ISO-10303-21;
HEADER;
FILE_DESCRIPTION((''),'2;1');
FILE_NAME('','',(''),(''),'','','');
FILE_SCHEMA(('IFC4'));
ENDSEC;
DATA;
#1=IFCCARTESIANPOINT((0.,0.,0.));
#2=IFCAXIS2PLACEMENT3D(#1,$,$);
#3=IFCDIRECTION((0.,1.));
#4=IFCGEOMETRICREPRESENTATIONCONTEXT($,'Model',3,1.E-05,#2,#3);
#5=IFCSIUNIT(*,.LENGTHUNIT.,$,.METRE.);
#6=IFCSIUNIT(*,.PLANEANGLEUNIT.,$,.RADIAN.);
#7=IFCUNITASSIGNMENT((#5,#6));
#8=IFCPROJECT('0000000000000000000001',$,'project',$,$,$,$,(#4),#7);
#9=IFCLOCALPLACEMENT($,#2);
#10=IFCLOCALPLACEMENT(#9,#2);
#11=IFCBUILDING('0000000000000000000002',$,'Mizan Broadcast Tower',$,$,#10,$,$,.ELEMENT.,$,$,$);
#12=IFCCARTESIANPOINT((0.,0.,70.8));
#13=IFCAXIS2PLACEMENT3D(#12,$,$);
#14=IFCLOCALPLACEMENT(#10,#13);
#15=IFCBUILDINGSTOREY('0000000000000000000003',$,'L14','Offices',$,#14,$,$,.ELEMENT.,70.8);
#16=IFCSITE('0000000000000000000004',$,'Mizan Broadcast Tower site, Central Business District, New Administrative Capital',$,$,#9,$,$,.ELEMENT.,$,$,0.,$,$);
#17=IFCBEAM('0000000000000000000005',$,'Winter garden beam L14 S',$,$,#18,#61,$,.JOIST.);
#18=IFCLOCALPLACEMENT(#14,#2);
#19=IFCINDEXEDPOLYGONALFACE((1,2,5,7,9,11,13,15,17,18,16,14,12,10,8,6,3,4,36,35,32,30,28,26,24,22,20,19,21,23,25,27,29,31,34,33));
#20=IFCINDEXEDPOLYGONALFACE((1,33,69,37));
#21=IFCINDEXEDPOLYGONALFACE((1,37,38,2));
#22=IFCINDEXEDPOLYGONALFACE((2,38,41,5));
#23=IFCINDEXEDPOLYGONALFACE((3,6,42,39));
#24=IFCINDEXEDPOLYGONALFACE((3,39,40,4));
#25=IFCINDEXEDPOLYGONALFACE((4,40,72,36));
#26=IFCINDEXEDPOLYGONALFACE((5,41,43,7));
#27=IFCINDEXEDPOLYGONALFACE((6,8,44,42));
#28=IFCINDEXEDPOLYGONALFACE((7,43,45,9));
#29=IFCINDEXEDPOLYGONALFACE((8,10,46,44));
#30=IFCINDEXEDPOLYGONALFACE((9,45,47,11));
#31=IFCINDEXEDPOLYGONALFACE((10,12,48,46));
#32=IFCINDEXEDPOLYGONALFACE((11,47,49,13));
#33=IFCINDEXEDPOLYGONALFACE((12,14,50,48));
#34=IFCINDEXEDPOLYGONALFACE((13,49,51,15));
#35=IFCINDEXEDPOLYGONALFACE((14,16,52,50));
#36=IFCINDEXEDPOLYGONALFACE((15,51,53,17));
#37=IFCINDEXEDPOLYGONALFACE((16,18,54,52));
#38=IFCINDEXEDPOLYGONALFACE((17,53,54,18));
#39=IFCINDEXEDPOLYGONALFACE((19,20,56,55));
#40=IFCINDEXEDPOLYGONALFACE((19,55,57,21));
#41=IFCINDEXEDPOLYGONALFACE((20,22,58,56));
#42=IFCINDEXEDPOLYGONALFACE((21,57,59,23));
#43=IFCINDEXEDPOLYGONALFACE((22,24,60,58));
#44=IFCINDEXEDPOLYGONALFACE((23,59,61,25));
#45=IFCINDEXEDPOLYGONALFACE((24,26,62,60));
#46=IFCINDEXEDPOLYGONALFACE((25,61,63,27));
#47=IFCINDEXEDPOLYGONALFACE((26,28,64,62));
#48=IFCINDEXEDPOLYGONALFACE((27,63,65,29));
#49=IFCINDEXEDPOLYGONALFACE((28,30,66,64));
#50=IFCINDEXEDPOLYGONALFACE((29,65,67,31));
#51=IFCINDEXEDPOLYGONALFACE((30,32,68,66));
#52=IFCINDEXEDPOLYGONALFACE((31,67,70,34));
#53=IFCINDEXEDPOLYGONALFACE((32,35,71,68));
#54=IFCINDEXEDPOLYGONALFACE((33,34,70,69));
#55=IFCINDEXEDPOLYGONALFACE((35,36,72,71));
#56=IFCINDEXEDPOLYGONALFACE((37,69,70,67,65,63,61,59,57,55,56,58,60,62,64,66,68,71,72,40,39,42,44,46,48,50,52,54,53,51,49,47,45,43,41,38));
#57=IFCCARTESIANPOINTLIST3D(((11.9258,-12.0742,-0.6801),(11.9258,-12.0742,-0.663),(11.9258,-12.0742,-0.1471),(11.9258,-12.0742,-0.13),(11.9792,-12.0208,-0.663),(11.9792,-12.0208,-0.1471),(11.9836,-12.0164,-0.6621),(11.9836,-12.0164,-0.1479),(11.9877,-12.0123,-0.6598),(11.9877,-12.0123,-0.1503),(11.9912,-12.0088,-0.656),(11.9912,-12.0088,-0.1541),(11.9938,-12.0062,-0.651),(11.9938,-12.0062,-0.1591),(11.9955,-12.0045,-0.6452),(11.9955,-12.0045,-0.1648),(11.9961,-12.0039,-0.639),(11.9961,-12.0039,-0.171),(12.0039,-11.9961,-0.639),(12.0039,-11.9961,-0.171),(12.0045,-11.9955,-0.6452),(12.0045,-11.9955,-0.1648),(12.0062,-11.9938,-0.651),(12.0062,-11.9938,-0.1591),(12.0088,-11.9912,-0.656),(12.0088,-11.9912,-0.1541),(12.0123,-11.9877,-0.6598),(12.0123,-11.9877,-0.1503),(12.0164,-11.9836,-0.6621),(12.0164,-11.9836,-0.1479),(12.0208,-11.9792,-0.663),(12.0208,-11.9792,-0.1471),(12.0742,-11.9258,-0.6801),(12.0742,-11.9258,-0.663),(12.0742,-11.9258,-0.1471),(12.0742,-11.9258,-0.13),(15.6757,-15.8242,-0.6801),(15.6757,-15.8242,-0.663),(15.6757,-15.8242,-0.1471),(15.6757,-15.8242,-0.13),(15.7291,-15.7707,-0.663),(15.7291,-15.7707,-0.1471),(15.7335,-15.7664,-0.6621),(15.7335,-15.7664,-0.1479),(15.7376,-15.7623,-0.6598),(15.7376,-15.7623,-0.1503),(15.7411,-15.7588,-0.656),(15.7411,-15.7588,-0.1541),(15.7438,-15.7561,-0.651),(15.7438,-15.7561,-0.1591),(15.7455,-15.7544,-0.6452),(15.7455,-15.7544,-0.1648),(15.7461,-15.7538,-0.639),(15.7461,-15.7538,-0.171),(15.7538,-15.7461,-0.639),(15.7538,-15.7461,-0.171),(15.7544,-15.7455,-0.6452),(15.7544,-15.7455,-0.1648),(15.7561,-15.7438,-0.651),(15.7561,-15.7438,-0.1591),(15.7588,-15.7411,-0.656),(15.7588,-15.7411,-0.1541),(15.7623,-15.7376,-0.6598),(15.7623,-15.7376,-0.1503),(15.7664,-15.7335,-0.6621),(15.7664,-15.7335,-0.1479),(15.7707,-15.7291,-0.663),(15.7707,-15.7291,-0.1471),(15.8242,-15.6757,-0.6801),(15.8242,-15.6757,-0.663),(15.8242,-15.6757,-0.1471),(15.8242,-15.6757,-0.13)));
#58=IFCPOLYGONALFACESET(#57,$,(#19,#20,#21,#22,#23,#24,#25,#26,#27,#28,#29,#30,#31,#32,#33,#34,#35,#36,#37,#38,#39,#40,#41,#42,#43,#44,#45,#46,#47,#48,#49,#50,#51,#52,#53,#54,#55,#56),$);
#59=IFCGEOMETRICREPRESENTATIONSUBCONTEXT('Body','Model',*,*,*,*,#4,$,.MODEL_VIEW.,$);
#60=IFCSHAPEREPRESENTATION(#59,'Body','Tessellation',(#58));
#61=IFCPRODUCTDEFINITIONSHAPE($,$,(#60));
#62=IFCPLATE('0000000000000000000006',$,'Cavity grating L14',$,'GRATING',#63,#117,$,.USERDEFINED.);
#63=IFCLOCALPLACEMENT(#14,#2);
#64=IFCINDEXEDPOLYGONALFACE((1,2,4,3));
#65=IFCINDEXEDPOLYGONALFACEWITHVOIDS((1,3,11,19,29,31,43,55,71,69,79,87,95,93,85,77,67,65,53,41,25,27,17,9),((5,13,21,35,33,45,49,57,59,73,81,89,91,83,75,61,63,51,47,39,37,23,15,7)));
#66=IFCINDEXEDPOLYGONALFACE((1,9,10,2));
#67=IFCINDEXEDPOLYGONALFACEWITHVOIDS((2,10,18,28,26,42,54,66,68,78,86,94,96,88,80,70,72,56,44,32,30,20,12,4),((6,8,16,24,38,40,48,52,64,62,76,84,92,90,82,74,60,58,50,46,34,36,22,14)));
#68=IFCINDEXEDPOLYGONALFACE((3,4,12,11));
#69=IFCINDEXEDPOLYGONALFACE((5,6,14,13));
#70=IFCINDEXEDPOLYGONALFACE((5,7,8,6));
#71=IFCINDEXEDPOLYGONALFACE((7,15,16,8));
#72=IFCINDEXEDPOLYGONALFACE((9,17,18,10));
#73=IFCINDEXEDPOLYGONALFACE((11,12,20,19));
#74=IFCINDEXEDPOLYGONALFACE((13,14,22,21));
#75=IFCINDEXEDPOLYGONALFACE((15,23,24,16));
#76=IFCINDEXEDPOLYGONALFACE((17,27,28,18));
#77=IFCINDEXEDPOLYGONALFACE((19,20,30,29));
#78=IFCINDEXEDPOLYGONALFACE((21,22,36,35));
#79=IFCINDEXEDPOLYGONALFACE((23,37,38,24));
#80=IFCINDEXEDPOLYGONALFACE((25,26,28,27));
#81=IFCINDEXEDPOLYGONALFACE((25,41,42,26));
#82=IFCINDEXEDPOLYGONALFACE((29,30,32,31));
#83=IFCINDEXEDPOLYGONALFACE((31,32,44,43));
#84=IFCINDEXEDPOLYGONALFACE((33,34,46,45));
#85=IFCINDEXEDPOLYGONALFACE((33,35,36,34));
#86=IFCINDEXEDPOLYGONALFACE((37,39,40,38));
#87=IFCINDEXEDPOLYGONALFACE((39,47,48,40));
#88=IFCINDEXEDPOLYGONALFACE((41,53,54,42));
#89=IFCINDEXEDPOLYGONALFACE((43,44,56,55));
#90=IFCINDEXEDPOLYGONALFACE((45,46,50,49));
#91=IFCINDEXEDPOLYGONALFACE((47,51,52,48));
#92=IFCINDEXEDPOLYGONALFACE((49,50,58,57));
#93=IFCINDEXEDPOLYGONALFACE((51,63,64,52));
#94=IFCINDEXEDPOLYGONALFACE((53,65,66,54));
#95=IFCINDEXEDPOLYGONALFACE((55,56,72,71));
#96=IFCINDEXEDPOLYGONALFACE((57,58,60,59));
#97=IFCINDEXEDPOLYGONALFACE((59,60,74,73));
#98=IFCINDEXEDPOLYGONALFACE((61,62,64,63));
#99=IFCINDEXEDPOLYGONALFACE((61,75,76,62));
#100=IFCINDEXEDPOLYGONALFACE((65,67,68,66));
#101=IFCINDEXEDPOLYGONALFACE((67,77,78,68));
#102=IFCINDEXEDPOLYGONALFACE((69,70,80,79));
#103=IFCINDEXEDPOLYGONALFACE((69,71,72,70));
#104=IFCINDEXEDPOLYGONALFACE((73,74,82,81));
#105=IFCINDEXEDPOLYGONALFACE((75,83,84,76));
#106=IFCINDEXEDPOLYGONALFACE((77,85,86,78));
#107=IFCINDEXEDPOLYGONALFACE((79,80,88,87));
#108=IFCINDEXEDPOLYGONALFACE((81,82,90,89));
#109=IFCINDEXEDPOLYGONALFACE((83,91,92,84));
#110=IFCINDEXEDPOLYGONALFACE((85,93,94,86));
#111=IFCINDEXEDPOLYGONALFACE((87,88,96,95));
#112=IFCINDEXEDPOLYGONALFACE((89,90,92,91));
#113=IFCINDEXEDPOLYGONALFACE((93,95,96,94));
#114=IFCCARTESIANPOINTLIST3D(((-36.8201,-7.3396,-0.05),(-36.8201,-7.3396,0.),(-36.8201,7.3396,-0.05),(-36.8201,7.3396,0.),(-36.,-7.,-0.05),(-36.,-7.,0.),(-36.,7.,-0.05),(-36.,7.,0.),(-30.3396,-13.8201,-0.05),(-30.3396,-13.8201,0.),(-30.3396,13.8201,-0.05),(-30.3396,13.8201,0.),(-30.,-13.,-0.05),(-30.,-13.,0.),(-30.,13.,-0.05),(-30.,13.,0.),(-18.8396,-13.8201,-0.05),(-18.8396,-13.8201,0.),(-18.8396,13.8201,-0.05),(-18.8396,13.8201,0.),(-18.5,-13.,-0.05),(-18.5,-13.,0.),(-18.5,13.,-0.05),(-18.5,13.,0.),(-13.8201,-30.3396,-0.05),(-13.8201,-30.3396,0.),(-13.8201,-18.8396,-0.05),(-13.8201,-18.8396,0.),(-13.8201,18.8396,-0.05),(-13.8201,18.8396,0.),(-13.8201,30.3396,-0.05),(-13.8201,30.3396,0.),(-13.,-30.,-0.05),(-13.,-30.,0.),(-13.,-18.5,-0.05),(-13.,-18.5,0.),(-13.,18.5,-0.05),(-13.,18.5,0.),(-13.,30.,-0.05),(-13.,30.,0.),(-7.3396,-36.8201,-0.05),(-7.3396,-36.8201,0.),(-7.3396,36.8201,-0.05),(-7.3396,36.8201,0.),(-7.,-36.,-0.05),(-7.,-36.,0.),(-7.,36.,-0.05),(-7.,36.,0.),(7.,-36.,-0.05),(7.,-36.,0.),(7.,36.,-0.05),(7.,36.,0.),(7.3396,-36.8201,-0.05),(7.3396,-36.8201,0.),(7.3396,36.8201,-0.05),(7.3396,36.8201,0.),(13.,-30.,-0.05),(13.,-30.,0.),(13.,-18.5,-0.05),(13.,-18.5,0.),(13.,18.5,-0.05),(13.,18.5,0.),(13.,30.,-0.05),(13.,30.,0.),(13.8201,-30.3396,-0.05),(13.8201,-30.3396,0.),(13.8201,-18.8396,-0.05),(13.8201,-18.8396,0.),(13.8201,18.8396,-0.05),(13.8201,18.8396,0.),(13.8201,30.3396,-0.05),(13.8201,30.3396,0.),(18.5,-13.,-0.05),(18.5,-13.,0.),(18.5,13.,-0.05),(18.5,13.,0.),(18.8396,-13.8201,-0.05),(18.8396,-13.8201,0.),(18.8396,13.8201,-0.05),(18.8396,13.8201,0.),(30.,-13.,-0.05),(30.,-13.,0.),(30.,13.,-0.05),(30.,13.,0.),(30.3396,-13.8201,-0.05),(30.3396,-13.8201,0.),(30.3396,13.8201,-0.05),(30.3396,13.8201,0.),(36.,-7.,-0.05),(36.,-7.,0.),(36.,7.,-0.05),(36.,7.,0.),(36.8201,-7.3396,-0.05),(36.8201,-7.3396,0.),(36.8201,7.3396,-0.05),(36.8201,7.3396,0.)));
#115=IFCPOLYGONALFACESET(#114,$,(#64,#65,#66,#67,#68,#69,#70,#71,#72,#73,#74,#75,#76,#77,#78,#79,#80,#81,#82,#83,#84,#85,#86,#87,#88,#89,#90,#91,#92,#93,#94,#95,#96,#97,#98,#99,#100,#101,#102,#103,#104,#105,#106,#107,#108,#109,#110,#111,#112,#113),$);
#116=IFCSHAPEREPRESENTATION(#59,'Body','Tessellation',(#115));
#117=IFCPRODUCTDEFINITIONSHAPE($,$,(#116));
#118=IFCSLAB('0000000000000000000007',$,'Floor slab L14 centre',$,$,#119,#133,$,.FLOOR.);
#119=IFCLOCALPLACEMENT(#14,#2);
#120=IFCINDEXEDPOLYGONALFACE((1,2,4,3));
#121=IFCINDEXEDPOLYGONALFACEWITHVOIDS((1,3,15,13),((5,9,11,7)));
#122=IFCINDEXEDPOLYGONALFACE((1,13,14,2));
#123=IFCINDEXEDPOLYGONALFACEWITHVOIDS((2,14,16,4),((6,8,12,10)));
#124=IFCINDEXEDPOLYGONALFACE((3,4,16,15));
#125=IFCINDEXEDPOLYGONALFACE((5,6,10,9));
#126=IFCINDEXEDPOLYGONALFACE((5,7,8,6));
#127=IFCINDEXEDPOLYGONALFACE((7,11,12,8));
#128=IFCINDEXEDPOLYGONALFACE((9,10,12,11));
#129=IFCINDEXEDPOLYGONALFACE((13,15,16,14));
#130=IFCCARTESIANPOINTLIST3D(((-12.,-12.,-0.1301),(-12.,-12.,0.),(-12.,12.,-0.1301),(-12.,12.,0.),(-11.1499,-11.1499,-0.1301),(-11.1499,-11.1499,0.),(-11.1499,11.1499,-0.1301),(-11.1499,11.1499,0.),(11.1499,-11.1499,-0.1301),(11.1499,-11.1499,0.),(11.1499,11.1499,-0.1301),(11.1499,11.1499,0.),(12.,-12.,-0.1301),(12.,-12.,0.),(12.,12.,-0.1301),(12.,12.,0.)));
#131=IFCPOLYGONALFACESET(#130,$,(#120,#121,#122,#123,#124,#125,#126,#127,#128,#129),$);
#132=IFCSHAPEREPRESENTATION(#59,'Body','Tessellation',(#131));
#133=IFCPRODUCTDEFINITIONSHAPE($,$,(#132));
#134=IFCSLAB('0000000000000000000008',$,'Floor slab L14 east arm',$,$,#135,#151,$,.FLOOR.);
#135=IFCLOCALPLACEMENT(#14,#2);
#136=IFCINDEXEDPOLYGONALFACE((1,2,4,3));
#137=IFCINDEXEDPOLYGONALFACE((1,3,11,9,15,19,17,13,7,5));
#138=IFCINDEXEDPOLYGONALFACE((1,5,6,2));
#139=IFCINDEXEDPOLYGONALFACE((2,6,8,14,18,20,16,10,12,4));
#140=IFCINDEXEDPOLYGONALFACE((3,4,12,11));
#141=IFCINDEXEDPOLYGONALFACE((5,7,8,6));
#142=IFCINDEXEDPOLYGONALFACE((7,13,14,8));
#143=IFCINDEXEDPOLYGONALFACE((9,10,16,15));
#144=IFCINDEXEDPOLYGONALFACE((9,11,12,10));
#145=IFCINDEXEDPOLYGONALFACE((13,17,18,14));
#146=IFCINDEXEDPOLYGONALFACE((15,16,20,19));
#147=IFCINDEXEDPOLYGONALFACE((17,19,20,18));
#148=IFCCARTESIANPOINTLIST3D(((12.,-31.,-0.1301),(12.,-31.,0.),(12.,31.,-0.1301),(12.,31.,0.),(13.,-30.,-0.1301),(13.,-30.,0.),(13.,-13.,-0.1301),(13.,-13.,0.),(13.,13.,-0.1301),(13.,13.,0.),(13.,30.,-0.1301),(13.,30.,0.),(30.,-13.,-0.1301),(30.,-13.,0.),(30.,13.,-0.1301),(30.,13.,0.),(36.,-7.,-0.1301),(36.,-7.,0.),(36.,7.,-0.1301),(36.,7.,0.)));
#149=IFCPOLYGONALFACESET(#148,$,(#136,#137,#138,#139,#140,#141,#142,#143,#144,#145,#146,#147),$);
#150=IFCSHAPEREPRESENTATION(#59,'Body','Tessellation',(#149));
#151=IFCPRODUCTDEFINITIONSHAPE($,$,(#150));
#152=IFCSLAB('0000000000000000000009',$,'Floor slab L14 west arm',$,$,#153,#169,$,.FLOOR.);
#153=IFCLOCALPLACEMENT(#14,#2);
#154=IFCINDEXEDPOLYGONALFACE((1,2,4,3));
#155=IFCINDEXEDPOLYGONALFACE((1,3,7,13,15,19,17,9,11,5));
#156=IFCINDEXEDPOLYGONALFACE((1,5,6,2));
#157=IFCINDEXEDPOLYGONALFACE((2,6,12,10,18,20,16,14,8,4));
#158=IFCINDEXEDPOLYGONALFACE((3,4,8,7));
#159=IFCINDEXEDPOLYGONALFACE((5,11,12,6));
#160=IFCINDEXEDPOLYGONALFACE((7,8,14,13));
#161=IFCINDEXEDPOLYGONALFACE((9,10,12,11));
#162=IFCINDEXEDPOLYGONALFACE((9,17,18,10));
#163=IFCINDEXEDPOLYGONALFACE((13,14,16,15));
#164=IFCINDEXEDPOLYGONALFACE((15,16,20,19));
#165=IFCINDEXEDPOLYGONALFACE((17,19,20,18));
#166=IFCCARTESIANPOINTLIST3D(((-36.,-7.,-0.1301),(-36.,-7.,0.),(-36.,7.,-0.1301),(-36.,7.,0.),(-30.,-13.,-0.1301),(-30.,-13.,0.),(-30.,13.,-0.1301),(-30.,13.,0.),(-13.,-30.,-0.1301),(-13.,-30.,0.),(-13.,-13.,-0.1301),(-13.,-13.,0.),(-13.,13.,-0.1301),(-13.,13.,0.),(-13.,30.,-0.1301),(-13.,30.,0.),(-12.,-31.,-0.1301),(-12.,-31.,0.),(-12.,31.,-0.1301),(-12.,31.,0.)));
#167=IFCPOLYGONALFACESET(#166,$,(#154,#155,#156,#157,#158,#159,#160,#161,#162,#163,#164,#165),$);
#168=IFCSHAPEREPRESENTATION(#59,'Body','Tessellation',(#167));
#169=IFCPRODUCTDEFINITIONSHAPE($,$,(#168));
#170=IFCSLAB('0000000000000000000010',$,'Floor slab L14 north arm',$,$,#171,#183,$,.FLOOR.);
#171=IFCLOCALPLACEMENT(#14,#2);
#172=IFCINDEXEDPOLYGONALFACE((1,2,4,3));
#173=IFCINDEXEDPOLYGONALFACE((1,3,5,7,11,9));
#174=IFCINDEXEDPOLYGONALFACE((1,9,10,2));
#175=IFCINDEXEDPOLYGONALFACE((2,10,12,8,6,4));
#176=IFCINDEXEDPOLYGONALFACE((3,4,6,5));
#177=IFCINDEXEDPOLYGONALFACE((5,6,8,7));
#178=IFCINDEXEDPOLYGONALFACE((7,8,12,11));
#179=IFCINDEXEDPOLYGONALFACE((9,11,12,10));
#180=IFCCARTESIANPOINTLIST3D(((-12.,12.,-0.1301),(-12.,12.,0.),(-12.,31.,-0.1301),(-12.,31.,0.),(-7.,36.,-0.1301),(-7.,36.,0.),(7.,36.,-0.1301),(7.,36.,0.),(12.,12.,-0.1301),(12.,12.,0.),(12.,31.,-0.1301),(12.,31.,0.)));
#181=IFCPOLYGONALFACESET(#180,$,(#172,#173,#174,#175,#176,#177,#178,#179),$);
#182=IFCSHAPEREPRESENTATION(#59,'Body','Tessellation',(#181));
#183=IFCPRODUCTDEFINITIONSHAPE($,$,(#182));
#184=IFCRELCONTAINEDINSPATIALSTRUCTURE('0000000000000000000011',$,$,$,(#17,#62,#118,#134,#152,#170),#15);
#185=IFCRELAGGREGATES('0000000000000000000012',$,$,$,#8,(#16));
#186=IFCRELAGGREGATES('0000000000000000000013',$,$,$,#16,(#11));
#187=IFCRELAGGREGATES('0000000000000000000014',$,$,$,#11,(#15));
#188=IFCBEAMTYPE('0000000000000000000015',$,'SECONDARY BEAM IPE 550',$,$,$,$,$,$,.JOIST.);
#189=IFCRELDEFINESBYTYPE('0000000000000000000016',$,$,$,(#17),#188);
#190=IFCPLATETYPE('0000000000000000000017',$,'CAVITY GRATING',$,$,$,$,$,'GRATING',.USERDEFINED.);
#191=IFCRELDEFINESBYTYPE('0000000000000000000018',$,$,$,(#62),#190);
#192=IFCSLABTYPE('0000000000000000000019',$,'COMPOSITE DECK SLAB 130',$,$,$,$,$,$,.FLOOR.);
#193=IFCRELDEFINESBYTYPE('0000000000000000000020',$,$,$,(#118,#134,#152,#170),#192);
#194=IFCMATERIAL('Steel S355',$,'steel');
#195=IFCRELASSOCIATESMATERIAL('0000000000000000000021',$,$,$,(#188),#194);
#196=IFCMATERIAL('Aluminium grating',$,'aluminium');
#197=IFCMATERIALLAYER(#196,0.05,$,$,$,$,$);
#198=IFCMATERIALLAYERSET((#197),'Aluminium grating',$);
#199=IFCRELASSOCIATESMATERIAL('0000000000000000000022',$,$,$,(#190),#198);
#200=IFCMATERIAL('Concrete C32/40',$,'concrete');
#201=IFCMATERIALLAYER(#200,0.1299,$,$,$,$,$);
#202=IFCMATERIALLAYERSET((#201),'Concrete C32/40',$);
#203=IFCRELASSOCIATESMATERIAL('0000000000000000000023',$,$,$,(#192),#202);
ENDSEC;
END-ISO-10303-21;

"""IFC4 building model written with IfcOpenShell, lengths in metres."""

from ifc_helpers import new_model, si_unit, direction, frame, origin, origin_2d, place, context, subcontext, project, spatial, polyline, i_section, outline, extrude, material, layer, layer_set, material_profile, profile_set, type_object, element, save


model = new_model("IFC4")

# Units and contexts
model_context = context("Model", 3, precision=1e-05, world=origin(), true_north=direction((0.0, 1.0)))
body_context = subcontext(model_context, "Body", "Model", "MODEL_VIEW")
ifc_project = project(units=[si_unit("LENGTHUNIT", "METRE"), si_unit("PLANEANGLEUNIT", "RADIAN")], contexts=[model_context])

# Site, building, storey
site_placement = place(None, origin())
site = spatial("IfcSite", under=ifc_project, at=site_placement, Name="Mizan Broadcast Tower site, Central Business District, New Administrative Capital", CompositionType="ELEMENT", RefElevation=0.0)
building_placement = place(site_placement, origin())
building = spatial("IfcBuilding", under=site, at=building_placement, Name="Mizan Broadcast Tower", CompositionType="ELEMENT")
storey_placement = place(building_placement, frame((0.0, 0.0, 70.8)))
storey = spatial("IfcBuildingStorey", under=building, at=storey_placement, Name="L14", Description="Offices", CompositionType="ELEMENT", Elevation=70.8)

# Beam
ifc_material_1 = material(Name="Steel S355", Category="steel")
ifc_material_profile_1 = material_profile(ifc_material_1, i_section(OverallWidth=0.21, OverallDepth=0.55, WebThickness=0.011, FlangeThickness=0.0171, FilletRadius=0.0239, at=origin_2d()), Name="IPE 550")
ifc_profile_set_1 = profile_set([ifc_material_profile_1], Name="Steel S355")
beam_type_1 = type_object("IfcBeamType", Name="SECONDARY BEAM IPE 550", PredefinedType="JOIST", material=ifc_profile_set_1)
beam_1_placement = place(storey_placement, frame((12.0, -12.0, -0.405), z_axis=(0.707107, -0.707107, 0.0), x_axis=(0.707107, 0.707107, 0.0)))
element("IfcBeam", 1, at=beam_1_placement, inside=storey, type_object=beam_type_1, Name="Winter garden beam L14 S", PredefinedType="JOIST", context=body_context, shape_type="SweptSolid", body=[
    extrude(i_section(OverallWidth=0.21, OverallDepth=0.55, WebThickness=0.011, FlangeThickness=0.0171, FilletRadius=0.0239, at=origin_2d()), origin(), (0.0, 0.0, 1.0), 5.3032),
])

# Plate
ifc_material_2 = material(Name="Aluminium grating", Category="aluminium")
ifc_layer_1 = layer(ifc_material_2, 0.05)
ifc_layer_set_1 = layer_set([ifc_layer_1], Name="Aluminium grating")
plate_type = type_object("IfcPlateType", Name="CAVITY GRATING", ElementType="GRATING", PredefinedType="USERDEFINED", material=ifc_layer_set_1)
plate_placement = place(storey_placement, frame((0.0, 0.0, -0.05)))
element("IfcPlate", 2, at=plate_placement, inside=storey, type_object=plate_type, Name="Cavity grating L14", ObjectType="GRATING", PredefinedType="USERDEFINED", context=body_context, shape_type="SweptSolid", body=[
    extrude(outline(polyline([(13.8201, -18.8396), (18.8396, -13.8201), (30.3396, -13.8201), (36.8201, -7.3396), (36.8201, 7.3396), (30.3396, 13.8201), (18.8396, 13.8201), (13.8201, 18.8396), (13.8201, 30.3396), (7.3396, 36.8201), (-7.3396, 36.8201), (-13.8201, 30.3396), (-13.8201, 18.8396), (-18.8396, 13.8201), (-30.3396, 13.8201), (-36.8201, 7.3396), (-36.8201, -7.3396), (-30.3396, -13.8201), (-18.8396, -13.8201), (-13.8201, -18.8396), (-13.8201, -30.3396), (-7.3396, -36.8201), (7.3396, -36.8201), (13.8201, -30.3396), (13.8201, -18.8396)]), holes=[polyline([(36.0, 7.0), (36.0, -7.0), (30.0, -13.0), (18.5, -13.0), (13.0, -18.5), (13.0, -30.0), (7.0, -36.0), (-7.0, -36.0), (-13.0, -30.0), (-13.0, -18.5), (-18.5, -13.0), (-30.0, -13.0), (-36.0, -7.0), (-36.0, 7.0), (-30.0, 13.0), (-18.5, 13.0), (-13.0, 18.5), (-13.0, 30.0), (-7.0, 36.0), (7.0, 36.0), (13.0, 30.0), (13.0, 18.5), (18.5, 13.0), (30.0, 13.0), (36.0, 7.0)])]), origin(), (0.0, 0.0, 1.0), 0.05),
])

# Slabs
ifc_material_3 = material(Name="Concrete C32/40", Category="concrete")
ifc_layer_2 = layer(ifc_material_3, 0.1299)
ifc_layer_set_2 = layer_set([ifc_layer_2], Name="Concrete C32/40")
slab_type_1 = type_object("IfcSlabType", Name="COMPOSITE DECK SLAB 130", PredefinedType="FLOOR", material=ifc_layer_set_2)
slab_1_placement = place(storey_placement, frame((0.0, 0.0, -0.1301)))
element("IfcSlab", 3, at=slab_1_placement, inside=storey, type_object=slab_type_1, Name="Floor slab L14 centre", PredefinedType="FLOOR", context=body_context, shape_type="SweptSolid", body=[
    extrude(outline(polyline([(-12.0, -12.0), (12.0, -12.0), (12.0, 12.0), (-12.0, 12.0), (-12.0, -12.0)]), holes=[polyline([(-11.1499, 11.1499), (11.1499, 11.1499), (11.1499, -11.1499), (-11.1499, -11.1499), (-11.1499, 11.1499)])]), origin(), (0.0, 0.0, 1.0), 0.1301),
])
slab_2_placement = place(storey_placement, frame((0.0, 0.0, -0.1301)))
element("IfcSlab", 4, at=slab_2_placement, inside=storey, type_object=slab_type_1, Name="Floor slab L14 east arm", PredefinedType="FLOOR", context=body_context, shape_type="SweptSolid", body=[
    extrude(outline(polyline([(12.0, -31.0), (13.0, -30.0), (13.0, -13.0), (30.0, -13.0), (36.0, -7.0), (36.0, 7.0), (30.0, 13.0), (13.0, 13.0), (13.0, 30.0), (12.0, 31.0), (12.0, -31.0)])), origin(), (0.0, 0.0, 1.0), 0.1301),
])
slab_3_placement = place(storey_placement, frame((0.0, 0.0, -0.1301)))
element("IfcSlab", 5, at=slab_3_placement, inside=storey, type_object=slab_type_1, Name="Floor slab L14 west arm", PredefinedType="FLOOR", context=body_context, shape_type="SweptSolid", body=[
    extrude(outline(polyline([(-13.0, -30.0), (-12.0, -31.0), (-12.0, 31.0), (-13.0, 30.0), (-13.0, 13.0), (-30.0, 13.0), (-36.0, 7.0), (-36.0, -7.0), (-30.0, -13.0), (-13.0, -13.0), (-13.0, -30.0)])), origin(), (0.0, 0.0, 1.0), 0.1301),
])
slab_4_placement = place(storey_placement, frame((0.0, 0.0, -0.1301)))
element("IfcSlab", 6, at=slab_4_placement, inside=storey, type_object=slab_type_1, Name="Floor slab L14 north arm", PredefinedType="FLOOR", context=body_context, shape_type="SweptSolid", body=[
    extrude(outline(polyline([(-7.0, 36.0), (-12.0, 31.0), (-12.0, 12.0), (12.0, 12.0), (12.0, 31.0), (7.0, 36.0), (-7.0, 36.0)])), origin(), (0.0, 0.0, 1.0), 0.1301),
])

save(model, "model.ifc")
